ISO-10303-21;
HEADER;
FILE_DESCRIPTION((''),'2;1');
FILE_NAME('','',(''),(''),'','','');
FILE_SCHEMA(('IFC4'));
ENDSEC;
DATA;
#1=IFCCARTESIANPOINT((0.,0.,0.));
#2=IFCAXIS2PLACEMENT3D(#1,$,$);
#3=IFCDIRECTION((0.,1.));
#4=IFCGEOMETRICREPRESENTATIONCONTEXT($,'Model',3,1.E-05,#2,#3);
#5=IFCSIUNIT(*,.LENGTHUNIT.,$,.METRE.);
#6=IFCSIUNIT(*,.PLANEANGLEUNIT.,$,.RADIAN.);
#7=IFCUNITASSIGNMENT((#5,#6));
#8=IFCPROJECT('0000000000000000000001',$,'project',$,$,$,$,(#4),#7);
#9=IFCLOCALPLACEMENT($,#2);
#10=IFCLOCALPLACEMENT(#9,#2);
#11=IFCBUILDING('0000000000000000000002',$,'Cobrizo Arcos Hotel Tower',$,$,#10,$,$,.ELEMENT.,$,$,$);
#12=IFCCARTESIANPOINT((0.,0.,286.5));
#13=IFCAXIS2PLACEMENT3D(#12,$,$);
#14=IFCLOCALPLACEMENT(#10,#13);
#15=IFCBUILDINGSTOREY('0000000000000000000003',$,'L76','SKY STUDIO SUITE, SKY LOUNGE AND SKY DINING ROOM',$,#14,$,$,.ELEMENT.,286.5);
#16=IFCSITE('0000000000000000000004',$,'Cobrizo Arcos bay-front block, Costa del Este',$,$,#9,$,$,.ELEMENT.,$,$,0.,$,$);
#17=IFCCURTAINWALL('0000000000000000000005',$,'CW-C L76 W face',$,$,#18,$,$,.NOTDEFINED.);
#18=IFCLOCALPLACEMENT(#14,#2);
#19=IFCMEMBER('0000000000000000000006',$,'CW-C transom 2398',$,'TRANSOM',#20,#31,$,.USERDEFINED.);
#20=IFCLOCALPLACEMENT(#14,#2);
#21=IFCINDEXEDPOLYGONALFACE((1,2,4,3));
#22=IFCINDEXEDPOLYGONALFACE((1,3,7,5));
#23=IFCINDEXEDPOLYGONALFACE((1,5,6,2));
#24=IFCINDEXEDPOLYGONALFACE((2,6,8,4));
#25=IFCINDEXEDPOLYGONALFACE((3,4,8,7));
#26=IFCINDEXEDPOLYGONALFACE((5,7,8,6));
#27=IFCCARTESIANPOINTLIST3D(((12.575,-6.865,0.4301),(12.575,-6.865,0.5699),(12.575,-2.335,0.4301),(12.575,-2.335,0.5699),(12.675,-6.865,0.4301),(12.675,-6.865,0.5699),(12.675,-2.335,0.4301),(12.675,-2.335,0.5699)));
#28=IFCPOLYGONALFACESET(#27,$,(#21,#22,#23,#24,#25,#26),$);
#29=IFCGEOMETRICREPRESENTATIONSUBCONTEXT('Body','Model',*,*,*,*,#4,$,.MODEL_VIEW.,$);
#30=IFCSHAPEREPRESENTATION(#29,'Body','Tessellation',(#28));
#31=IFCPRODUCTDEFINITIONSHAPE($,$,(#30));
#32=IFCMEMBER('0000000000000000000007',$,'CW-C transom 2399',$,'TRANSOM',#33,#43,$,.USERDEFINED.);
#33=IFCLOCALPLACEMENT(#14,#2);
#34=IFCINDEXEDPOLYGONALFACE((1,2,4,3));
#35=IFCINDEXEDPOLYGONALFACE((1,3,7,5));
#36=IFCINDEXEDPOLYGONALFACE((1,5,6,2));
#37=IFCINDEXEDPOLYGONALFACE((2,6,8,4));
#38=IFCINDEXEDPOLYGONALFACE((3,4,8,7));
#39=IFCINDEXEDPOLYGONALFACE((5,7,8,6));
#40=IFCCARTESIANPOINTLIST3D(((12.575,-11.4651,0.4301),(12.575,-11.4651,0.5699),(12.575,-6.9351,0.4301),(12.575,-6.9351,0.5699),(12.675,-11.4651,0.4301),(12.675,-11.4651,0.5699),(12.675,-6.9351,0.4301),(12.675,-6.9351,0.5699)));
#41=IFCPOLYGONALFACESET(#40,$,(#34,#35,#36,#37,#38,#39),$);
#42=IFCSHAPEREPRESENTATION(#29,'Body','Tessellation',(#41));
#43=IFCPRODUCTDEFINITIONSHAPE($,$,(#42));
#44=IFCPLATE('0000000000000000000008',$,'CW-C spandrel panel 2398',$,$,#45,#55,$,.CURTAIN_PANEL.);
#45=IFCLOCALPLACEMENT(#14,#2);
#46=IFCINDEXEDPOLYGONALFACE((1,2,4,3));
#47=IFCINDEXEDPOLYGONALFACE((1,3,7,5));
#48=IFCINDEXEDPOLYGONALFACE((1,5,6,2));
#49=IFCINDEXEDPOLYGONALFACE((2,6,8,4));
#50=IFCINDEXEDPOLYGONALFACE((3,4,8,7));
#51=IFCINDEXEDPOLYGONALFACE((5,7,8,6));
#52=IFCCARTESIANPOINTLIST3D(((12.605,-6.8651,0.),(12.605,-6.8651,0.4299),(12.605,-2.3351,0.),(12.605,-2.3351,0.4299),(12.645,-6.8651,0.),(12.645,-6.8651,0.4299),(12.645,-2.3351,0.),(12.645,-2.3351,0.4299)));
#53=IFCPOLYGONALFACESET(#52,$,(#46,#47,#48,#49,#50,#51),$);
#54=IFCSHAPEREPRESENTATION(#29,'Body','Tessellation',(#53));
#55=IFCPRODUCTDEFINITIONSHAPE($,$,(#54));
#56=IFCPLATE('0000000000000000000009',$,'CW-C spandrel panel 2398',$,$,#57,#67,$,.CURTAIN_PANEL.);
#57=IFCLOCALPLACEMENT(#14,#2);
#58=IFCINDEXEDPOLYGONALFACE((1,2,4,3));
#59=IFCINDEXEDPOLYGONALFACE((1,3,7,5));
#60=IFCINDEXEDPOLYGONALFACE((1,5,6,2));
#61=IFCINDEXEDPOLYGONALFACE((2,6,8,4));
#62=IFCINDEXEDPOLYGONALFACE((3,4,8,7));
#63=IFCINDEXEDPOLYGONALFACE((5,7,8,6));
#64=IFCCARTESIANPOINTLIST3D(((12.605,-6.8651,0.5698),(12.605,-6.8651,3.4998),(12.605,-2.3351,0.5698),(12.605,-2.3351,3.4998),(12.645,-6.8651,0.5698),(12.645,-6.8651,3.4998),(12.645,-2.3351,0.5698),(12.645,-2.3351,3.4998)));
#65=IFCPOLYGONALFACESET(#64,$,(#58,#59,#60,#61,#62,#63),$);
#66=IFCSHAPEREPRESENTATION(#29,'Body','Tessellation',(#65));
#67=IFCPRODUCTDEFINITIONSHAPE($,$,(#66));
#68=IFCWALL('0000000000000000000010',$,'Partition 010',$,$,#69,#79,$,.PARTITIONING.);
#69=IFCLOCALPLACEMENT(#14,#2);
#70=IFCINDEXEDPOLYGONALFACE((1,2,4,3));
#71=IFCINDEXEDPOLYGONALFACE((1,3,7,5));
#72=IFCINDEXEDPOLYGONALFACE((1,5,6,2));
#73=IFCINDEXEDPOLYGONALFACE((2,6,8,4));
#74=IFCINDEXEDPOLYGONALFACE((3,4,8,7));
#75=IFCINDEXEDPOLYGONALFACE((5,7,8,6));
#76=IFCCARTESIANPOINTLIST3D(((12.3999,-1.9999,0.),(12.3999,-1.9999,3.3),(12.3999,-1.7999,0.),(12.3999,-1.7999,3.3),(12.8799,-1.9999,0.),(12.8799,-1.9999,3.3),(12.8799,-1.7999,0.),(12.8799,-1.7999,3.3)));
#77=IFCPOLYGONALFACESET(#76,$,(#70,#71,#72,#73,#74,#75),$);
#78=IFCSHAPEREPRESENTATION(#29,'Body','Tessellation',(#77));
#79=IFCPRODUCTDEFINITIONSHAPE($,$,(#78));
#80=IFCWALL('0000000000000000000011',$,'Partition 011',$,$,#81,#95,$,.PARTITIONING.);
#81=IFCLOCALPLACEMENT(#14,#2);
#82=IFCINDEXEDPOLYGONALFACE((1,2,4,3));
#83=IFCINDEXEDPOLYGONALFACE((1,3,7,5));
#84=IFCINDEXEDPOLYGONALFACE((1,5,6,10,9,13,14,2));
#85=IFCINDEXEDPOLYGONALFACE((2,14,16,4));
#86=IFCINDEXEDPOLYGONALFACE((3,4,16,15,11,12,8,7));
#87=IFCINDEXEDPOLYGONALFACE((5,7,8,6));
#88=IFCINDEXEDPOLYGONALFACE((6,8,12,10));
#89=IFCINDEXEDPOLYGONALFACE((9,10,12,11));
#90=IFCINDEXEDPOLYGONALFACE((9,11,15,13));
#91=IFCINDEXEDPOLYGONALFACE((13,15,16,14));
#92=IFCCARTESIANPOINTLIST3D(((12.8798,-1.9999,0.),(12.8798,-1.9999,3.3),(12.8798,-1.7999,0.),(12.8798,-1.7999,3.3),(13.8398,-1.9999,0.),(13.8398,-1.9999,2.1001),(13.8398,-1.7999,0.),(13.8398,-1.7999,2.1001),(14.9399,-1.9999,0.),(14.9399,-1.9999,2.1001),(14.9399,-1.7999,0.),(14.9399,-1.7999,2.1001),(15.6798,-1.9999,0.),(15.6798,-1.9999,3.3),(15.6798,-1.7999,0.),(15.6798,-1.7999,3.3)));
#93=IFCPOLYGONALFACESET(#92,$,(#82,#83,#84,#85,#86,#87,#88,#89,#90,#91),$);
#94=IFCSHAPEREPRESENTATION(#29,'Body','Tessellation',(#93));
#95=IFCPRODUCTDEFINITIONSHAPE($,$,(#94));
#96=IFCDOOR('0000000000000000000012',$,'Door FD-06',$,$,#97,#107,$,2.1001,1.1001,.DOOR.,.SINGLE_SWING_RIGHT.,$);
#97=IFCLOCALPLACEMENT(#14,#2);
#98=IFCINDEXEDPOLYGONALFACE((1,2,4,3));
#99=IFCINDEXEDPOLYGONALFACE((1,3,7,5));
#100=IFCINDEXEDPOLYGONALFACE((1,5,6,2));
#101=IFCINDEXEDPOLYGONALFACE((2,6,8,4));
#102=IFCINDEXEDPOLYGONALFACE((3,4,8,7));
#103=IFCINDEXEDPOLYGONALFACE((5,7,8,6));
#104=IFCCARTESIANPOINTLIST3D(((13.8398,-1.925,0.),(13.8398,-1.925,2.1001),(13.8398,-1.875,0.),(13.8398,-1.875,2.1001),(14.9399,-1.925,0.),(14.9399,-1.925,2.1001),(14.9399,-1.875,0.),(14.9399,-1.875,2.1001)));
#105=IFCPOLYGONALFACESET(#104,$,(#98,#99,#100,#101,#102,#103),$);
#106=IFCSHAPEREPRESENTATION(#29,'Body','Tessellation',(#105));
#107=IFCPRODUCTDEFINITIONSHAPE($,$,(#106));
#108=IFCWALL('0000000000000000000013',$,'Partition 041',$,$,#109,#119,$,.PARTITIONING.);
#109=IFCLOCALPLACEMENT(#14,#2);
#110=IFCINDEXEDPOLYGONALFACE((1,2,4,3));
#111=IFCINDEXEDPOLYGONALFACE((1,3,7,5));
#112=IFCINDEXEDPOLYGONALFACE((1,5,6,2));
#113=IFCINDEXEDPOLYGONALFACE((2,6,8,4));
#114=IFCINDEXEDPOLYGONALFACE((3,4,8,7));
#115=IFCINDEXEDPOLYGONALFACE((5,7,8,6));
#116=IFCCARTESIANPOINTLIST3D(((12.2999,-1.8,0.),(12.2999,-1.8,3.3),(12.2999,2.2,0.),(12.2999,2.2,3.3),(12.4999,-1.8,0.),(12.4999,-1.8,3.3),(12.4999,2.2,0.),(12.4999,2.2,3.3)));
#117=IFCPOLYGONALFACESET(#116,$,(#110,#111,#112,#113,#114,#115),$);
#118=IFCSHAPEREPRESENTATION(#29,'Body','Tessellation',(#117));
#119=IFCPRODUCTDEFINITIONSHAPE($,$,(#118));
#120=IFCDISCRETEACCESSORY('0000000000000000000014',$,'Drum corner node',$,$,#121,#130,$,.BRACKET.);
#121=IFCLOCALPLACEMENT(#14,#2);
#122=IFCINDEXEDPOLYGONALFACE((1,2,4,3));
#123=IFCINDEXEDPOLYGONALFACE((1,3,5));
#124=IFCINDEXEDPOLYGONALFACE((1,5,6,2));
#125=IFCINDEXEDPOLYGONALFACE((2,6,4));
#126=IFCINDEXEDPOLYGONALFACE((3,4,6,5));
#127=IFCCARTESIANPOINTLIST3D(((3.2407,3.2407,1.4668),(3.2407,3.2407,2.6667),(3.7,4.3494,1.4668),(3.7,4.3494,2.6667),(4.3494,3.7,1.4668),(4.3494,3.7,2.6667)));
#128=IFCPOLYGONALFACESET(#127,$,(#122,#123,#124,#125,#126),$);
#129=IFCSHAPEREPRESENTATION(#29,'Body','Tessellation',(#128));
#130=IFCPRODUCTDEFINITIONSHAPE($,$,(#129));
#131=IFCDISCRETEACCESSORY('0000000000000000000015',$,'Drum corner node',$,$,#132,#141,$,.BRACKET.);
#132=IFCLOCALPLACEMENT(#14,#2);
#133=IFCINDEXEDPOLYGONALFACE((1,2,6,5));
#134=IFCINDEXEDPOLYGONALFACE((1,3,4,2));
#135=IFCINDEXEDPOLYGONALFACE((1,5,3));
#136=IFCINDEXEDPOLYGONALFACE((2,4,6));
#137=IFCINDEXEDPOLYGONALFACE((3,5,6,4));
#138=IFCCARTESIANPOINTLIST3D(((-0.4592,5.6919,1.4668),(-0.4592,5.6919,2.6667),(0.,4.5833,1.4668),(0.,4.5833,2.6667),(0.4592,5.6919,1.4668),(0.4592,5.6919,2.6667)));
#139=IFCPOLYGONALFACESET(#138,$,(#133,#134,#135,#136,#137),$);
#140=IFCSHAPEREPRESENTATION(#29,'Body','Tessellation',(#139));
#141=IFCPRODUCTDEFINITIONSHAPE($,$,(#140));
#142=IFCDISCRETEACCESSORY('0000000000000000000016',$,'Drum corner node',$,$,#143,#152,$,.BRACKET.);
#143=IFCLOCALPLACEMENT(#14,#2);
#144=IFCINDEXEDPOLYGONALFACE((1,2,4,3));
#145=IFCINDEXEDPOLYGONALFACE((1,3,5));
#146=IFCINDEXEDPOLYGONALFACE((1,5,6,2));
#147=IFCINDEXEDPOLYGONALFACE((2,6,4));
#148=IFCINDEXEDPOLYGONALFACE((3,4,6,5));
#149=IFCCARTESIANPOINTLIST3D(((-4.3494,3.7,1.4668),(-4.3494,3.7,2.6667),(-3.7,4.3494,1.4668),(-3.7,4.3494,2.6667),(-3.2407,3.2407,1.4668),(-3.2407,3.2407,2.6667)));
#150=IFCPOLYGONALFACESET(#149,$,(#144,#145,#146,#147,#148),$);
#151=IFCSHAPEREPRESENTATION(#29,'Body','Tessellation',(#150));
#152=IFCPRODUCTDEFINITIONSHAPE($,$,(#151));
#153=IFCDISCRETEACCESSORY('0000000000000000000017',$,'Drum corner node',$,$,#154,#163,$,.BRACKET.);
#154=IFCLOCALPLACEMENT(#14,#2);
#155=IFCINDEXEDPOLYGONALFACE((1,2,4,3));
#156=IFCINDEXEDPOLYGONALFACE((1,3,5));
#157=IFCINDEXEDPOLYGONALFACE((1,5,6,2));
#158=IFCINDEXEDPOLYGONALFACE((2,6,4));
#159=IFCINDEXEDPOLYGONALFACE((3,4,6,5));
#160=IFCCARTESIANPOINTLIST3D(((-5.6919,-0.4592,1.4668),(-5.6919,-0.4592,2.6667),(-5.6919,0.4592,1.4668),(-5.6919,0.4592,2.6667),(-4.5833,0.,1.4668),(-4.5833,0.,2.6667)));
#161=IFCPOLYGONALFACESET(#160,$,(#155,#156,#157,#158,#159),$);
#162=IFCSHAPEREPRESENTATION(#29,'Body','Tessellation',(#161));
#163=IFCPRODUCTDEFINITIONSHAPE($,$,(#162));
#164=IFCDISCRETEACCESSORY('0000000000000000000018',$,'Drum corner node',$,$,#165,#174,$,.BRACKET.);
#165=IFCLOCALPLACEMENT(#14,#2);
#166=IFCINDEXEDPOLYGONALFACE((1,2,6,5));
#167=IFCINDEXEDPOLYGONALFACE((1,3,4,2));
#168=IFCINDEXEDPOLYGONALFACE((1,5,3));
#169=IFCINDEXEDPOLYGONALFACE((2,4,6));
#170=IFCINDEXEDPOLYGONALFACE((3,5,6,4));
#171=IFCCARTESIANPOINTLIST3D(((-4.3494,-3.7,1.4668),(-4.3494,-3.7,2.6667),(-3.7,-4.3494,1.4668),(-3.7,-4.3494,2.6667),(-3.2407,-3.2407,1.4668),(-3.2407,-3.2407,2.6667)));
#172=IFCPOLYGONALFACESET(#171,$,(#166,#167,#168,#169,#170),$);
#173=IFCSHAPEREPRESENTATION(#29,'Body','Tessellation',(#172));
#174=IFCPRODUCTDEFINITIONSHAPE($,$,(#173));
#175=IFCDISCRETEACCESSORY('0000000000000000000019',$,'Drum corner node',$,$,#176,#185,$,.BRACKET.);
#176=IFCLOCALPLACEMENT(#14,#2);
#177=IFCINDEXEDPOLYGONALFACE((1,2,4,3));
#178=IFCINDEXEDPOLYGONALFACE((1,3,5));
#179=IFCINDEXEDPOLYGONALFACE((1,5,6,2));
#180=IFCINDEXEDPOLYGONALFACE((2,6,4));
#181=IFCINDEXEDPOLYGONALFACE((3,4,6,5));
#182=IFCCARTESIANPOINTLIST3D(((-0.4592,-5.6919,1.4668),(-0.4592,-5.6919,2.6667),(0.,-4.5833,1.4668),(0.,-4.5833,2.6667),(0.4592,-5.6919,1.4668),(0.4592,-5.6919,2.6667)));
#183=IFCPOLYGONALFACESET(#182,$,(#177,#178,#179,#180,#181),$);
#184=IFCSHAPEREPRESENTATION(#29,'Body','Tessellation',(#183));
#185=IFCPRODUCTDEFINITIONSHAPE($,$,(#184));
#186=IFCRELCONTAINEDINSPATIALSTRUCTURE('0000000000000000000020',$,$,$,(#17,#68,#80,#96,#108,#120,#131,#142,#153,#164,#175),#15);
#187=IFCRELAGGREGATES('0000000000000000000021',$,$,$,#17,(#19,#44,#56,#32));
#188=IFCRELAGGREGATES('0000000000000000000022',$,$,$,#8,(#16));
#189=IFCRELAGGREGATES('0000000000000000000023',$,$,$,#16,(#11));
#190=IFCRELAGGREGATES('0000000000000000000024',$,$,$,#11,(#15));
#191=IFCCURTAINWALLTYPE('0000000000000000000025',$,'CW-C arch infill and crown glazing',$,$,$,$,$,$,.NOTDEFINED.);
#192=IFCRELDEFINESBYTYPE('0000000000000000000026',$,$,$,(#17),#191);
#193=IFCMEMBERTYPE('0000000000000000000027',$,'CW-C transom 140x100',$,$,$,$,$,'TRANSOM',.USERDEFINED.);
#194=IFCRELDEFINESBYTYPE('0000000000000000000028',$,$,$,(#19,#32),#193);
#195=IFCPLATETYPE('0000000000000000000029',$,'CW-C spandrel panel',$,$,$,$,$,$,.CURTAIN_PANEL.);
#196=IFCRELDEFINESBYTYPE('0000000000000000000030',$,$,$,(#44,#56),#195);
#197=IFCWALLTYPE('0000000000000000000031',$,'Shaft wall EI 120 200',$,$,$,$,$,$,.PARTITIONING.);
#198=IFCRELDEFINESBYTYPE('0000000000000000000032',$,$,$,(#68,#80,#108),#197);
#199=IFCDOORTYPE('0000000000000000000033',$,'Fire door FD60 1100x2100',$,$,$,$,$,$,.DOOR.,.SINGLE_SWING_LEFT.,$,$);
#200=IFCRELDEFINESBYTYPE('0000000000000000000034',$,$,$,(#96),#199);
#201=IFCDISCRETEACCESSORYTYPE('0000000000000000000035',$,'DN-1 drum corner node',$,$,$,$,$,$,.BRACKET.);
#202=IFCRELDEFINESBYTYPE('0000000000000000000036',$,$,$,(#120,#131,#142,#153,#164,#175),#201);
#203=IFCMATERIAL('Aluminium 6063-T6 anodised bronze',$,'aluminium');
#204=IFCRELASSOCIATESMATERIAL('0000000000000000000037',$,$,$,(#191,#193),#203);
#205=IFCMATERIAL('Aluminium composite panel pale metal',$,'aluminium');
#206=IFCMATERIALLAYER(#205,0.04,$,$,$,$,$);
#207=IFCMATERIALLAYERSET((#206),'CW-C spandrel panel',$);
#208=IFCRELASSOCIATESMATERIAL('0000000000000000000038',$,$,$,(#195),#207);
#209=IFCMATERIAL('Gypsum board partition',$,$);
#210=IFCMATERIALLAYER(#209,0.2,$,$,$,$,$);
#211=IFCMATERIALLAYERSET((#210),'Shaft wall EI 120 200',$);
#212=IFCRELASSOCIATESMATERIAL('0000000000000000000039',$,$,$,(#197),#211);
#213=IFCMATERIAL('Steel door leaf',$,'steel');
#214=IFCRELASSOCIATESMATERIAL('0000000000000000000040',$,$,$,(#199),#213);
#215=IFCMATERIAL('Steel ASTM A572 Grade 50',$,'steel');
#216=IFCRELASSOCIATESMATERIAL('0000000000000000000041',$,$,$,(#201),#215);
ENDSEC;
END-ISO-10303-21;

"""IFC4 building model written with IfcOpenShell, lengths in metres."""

from ifc_helpers import new_model, si_unit, direction, frame, frame_2d, origin, origin_2d, place, context, subcontext, project, spatial, polyline, rectangle, outline, extrude, material, layer, layer_set, material_profile, profile_set, type_object, element, fill, aggregate, save


model = new_model("IFC4")

# Units and contexts
model_context = context("Model", 3, precision=1e-05, world=origin(), true_north=direction((0.0, 1.0)))
body_context = subcontext(model_context, "Body", "Model", "MODEL_VIEW")
ifc_project = project(units=[si_unit("LENGTHUNIT", "METRE"), si_unit("PLANEANGLEUNIT", "RADIAN")], contexts=[model_context])

# Site, building, storey
site_placement = place(None, origin())
site = spatial("IfcSite", under=ifc_project, at=site_placement, Name="Cobrizo Arcos bay-front block, Costa del Este", CompositionType="ELEMENT", RefElevation=0.0)
building_placement = place(site_placement, origin())
building = spatial("IfcBuilding", under=site, at=building_placement, Name="Cobrizo Arcos Hotel Tower", CompositionType="ELEMENT")
storey_placement = place(building_placement, frame((0.0, 0.0, 286.5)))
storey = spatial("IfcBuildingStorey", under=building, at=storey_placement, Name="L76", Description="SKY STUDIO SUITE, SKY LOUNGE AND SKY DINING ROOM", CompositionType="ELEMENT", Elevation=286.5)

# Shared definitions
ifc_material_1 = material(Name="Steel ASTM A572 Grade 50", Category="steel")

# Curtain wall, members, plates
ifc_material_2 = material(Name="Aluminium 6063-T6 anodised bronze", Category="aluminium")
curtain_wall_type = type_object("IfcCurtainWallType", Name="CW-C arch infill and crown glazing", PredefinedType="NOTDEFINED", material=ifc_material_2)
curtain_wall_placement = place(storey_placement, origin())
curtain_wall = element("IfcCurtainWall", 1, at=curtain_wall_placement, inside=storey, type_object=curtain_wall_type, Name="CW-C L76 W face", PredefinedType="NOTDEFINED")
ifc_material_profile_1 = material_profile(ifc_material_2, rectangle(XDim=0.1001, YDim=0.1399, at=origin_2d()), Name="CW-C transom 140x100")
ifc_profile_set_1 = profile_set([ifc_material_profile_1], Name="Aluminium 6063-T6 anodised bronze")
member_type_1 = type_object("IfcMemberType", Name="CW-C transom 140x100", ElementType="TRANSOM", PredefinedType="USERDEFINED", material=ifc_profile_set_1)
member_1_placement = place(storey_placement, frame((12.625, -2.335, 0.5), z_axis=(0.0, -1.0, 0.0), x_axis=(1.0, 0.0, 0.0)))
member_1 = element("IfcMember", 2, at=member_1_placement, type_object=member_type_1, Name="CW-C transom 2398", ObjectType="TRANSOM", PredefinedType="USERDEFINED", context=body_context, shape_type="SweptSolid", body=[
    extrude(rectangle(XDim=0.1001, YDim=0.1399, at=origin_2d()), origin(), (0.0, 0.0, 1.0), 4.53),
])
member_2_placement = place(storey_placement, frame((12.625, -6.9351, 0.5), z_axis=(0.0, -1.0, 0.0), x_axis=(1.0, 0.0, 0.0)))
member_2 = element("IfcMember", 3, at=member_2_placement, type_object=member_type_1, Name="CW-C transom 2399", ObjectType="TRANSOM", PredefinedType="USERDEFINED", context=body_context, shape_type="SweptSolid", body=[
    extrude(rectangle(XDim=0.1001, YDim=0.1399, at=origin_2d()), origin(), (0.0, 0.0, 1.0), 4.53),
])
ifc_material_3 = material(Name="Aluminium composite panel pale metal", Category="aluminium")
ifc_layer_1 = layer(ifc_material_3, 0.04)
ifc_layer_set_1 = layer_set([ifc_layer_1], Name="CW-C spandrel panel")
plate_type = type_object("IfcPlateType", Name="CW-C spandrel panel", PredefinedType="CURTAIN_PANEL", material=ifc_layer_set_1)
plate_1_placement = place(storey_placement, frame((12.625, -4.6001, 0.0), z_axis=(0.0, 0.0, 1.0), x_axis=(0.0, -1.0, 0.0)))
plate_1 = element("IfcPlate", 4, at=plate_1_placement, type_object=plate_type, Name="CW-C spandrel panel 2398", PredefinedType="CURTAIN_PANEL", context=body_context, shape_type="SweptSolid", body=[
    extrude(rectangle(XDim=4.53, YDim=0.04, at=origin_2d()), origin(), (0.0, 0.0, 1.0), 0.4299),
])
plate_2_placement = place(storey_placement, frame((12.625, -4.6001, 0.5698), z_axis=(0.0, 0.0, 1.0), x_axis=(0.0, -1.0, 0.0)))
plate_2 = element("IfcPlate", 5, at=plate_2_placement, type_object=plate_type, Name="CW-C spandrel panel 2398", PredefinedType="CURTAIN_PANEL", context=body_context, shape_type="SweptSolid", body=[
    extrude(rectangle(XDim=4.53, YDim=0.04, at=origin_2d()), origin(), (0.0, 0.0, 1.0), 2.9299),
])
aggregate(curtain_wall, [member_1, plate_1, plate_2, member_2])

# Wall
ifc_material_4 = material(Name="Gypsum board partition")
ifc_layer_2 = layer(ifc_material_4, 0.2)
ifc_layer_set_2 = layer_set([ifc_layer_2], Name="Shaft wall EI 120 200")
wall_type = type_object("IfcWallType", Name="Shaft wall EI 120 200", PredefinedType="PARTITIONING", material=ifc_layer_set_2)
wall_1_placement = place(storey_placement, frame((12.3999, -1.8999, 0.0), z_axis=(0.0, 0.0, 1.0), x_axis=(1.0, 0.0, 0.0)))
element("IfcWall", 6, at=wall_1_placement, inside=storey, type_object=wall_type, Name="Partition 010", PredefinedType="PARTITIONING", context=body_context, shape_type="SweptSolid", body=[
    extrude(rectangle(XDim=0.48, YDim=0.2, at=frame_2d((0.24, 0.0))), origin(), (0.0, 0.0, 1.0), 3.3),
])

# Wall, opening, door
wall_2_placement = place(storey_placement, frame((12.8799, -1.8999, 0.0), z_axis=(0.0, 0.0, 1.0), x_axis=(1.0, 0.0, 0.0)))
wall_2 = element("IfcWall", 7, at=wall_2_placement, inside=storey, type_object=wall_type, Name="Partition 011", PredefinedType="PARTITIONING", context=body_context, shape_type="SweptSolid", body=[
    extrude(rectangle(XDim=2.8, YDim=0.2, at=frame_2d((1.3999, 0.0))), origin(), (0.0, 0.0, 1.0), 3.3),
])
opening_placement = place(wall_2_placement, frame((0.96, 0.0, 0.0)))
opening = element("IfcOpeningElement", 8, at=opening_placement, cuts=wall_2, PredefinedType="OPENING", context=body_context, shape_type="SweptSolid", body=[
    extrude(rectangle(XDim=1.1001, YDim=2.1001, at=frame_2d((0.55, 1.05))), frame((0.0, 0.1121, 0.0), z_axis=(0.0, -1.0, 0.0), x_axis=(1.0, 0.0, 0.0)), (0.0, 0.0, 1.0), 0.2239),
])
ifc_material_5 = material(Name="Steel door leaf", Category="steel")
door_type = type_object("IfcDoorType", Name="Fire door FD60 1100x2100", OperationType="SINGLE_SWING_LEFT", PredefinedType="DOOR", material=ifc_material_5)
door_placement = place(opening_placement, origin())
door = element("IfcDoor", 9, at=door_placement, inside=storey, type_object=door_type, Name="Door FD-06", OperationType="SINGLE_SWING_RIGHT", OverallHeight=2.1001, OverallWidth=1.1001, PredefinedType="DOOR", context=body_context, shape_type="SweptSolid", body=[
    extrude(rectangle(XDim=1.1001, YDim=2.1001, at=frame_2d((0.55, 1.05))), frame((0.0, 0.0249, 0.0), z_axis=(0.0, -1.0, 0.0), x_axis=(1.0, 0.0, 0.0)), (0.0, 0.0, 1.0), 0.05),
])
fill(opening, door)

# Wall
wall_3_placement = place(storey_placement, frame((12.3999, -1.8, 0.0), z_axis=(0.0, 0.0, 1.0), x_axis=(0.0, 1.0, 0.0)))
element("IfcWall", 10, at=wall_3_placement, inside=storey, type_object=wall_type, Name="Partition 041", PredefinedType="PARTITIONING", context=body_context, shape_type="SweptSolid", body=[
    extrude(rectangle(XDim=4.0, YDim=0.2, at=frame_2d((2.0, 0.0))), origin(), (0.0, 0.0, 1.0), 3.3),
])

# Discrete accessories
discrete_accessory_type = type_object("IfcDiscreteAccessoryType", Name="DN-1 drum corner node", PredefinedType="BRACKET", material=ifc_material_1)
discrete_accessory_1_placement = place(storey_placement, frame((0.0, 0.0, 1.4668)))
element("IfcDiscreteAccessory", 11, at=discrete_accessory_1_placement, inside=storey, type_object=discrete_accessory_type, Name="Drum corner node", PredefinedType="BRACKET", context=body_context, shape_type="SweptSolid", body=[
    extrude(outline(polyline([(3.2407, 3.2407), (3.2407, 3.2407), (3.7, 4.3494), (4.3494, 3.7), (3.2407, 3.2407)])), origin(), (0.0, 0.0, 1.0), 1.2),
])
discrete_accessory_2_placement = place(storey_placement, frame((0.0, 0.0, 1.4668)))
element("IfcDiscreteAccessory", 12, at=discrete_accessory_2_placement, inside=storey, type_object=discrete_accessory_type, Name="Drum corner node", PredefinedType="BRACKET", context=body_context, shape_type="SweptSolid", body=[
    extrude(outline(polyline([(0.0, 4.5833), (-0.4592, 5.6919), (0.4592, 5.6919), (0.0, 4.5833), (0.0, 4.5833)])), origin(), (0.0, 0.0, 1.0), 1.2),
])
discrete_accessory_3_placement = place(storey_placement, frame((0.0, 0.0, 1.4668)))
element("IfcDiscreteAccessory", 13, at=discrete_accessory_3_placement, inside=storey, type_object=discrete_accessory_type, Name="Drum corner node", PredefinedType="BRACKET", context=body_context, shape_type="SweptSolid", body=[
    extrude(outline(polyline([(-3.2407, 3.2407), (-4.3494, 3.7), (-3.7, 4.3494), (-3.2407, 3.2407), (-3.2407, 3.2407)])), origin(), (0.0, 0.0, 1.0), 1.2),
])
discrete_accessory_4_placement = place(storey_placement, frame((0.0, 0.0, 1.4668)))
element("IfcDiscreteAccessory", 14, at=discrete_accessory_4_placement, inside=storey, type_object=discrete_accessory_type, Name="Drum corner node", PredefinedType="BRACKET", context=body_context, shape_type="SweptSolid", body=[
    extrude(outline(polyline([(-5.6919, -0.4592), (-5.6919, 0.4592), (-4.5833, 0.0), (-4.5833, 0.0), (-5.6919, -0.4592)])), origin(), (0.0, 0.0, 1.0), 1.2),
])
discrete_accessory_5_placement = place(storey_placement, frame((0.0, 0.0, 1.4668)))
element("IfcDiscreteAccessory", 15, at=discrete_accessory_5_placement, inside=storey, type_object=discrete_accessory_type, Name="Drum corner node", PredefinedType="BRACKET", context=body_context, shape_type="SweptSolid", body=[
    extrude(outline(polyline([(-3.7, -4.3494), (-4.3494, -3.7), (-3.2407, -3.2407), (-3.2407, -3.2407), (-3.7, -4.3494)])), origin(), (0.0, 0.0, 1.0), 1.2),
])
discrete_accessory_6_placement = place(storey_placement, frame((0.0, 0.0, 1.4668)))
element("IfcDiscreteAccessory", 16, at=discrete_accessory_6_placement, inside=storey, type_object=discrete_accessory_type, Name="Drum corner node", PredefinedType="BRACKET", context=body_context, shape_type="SweptSolid", body=[
    extrude(outline(polyline([(-0.4592, -5.6919), (0.0, -4.5833), (0.0, -4.5833), (0.4592, -5.6919), (-0.4592, -5.6919)])), origin(), (0.0, 0.0, 1.0), 1.2),
])

save(model, "model.ifc")
